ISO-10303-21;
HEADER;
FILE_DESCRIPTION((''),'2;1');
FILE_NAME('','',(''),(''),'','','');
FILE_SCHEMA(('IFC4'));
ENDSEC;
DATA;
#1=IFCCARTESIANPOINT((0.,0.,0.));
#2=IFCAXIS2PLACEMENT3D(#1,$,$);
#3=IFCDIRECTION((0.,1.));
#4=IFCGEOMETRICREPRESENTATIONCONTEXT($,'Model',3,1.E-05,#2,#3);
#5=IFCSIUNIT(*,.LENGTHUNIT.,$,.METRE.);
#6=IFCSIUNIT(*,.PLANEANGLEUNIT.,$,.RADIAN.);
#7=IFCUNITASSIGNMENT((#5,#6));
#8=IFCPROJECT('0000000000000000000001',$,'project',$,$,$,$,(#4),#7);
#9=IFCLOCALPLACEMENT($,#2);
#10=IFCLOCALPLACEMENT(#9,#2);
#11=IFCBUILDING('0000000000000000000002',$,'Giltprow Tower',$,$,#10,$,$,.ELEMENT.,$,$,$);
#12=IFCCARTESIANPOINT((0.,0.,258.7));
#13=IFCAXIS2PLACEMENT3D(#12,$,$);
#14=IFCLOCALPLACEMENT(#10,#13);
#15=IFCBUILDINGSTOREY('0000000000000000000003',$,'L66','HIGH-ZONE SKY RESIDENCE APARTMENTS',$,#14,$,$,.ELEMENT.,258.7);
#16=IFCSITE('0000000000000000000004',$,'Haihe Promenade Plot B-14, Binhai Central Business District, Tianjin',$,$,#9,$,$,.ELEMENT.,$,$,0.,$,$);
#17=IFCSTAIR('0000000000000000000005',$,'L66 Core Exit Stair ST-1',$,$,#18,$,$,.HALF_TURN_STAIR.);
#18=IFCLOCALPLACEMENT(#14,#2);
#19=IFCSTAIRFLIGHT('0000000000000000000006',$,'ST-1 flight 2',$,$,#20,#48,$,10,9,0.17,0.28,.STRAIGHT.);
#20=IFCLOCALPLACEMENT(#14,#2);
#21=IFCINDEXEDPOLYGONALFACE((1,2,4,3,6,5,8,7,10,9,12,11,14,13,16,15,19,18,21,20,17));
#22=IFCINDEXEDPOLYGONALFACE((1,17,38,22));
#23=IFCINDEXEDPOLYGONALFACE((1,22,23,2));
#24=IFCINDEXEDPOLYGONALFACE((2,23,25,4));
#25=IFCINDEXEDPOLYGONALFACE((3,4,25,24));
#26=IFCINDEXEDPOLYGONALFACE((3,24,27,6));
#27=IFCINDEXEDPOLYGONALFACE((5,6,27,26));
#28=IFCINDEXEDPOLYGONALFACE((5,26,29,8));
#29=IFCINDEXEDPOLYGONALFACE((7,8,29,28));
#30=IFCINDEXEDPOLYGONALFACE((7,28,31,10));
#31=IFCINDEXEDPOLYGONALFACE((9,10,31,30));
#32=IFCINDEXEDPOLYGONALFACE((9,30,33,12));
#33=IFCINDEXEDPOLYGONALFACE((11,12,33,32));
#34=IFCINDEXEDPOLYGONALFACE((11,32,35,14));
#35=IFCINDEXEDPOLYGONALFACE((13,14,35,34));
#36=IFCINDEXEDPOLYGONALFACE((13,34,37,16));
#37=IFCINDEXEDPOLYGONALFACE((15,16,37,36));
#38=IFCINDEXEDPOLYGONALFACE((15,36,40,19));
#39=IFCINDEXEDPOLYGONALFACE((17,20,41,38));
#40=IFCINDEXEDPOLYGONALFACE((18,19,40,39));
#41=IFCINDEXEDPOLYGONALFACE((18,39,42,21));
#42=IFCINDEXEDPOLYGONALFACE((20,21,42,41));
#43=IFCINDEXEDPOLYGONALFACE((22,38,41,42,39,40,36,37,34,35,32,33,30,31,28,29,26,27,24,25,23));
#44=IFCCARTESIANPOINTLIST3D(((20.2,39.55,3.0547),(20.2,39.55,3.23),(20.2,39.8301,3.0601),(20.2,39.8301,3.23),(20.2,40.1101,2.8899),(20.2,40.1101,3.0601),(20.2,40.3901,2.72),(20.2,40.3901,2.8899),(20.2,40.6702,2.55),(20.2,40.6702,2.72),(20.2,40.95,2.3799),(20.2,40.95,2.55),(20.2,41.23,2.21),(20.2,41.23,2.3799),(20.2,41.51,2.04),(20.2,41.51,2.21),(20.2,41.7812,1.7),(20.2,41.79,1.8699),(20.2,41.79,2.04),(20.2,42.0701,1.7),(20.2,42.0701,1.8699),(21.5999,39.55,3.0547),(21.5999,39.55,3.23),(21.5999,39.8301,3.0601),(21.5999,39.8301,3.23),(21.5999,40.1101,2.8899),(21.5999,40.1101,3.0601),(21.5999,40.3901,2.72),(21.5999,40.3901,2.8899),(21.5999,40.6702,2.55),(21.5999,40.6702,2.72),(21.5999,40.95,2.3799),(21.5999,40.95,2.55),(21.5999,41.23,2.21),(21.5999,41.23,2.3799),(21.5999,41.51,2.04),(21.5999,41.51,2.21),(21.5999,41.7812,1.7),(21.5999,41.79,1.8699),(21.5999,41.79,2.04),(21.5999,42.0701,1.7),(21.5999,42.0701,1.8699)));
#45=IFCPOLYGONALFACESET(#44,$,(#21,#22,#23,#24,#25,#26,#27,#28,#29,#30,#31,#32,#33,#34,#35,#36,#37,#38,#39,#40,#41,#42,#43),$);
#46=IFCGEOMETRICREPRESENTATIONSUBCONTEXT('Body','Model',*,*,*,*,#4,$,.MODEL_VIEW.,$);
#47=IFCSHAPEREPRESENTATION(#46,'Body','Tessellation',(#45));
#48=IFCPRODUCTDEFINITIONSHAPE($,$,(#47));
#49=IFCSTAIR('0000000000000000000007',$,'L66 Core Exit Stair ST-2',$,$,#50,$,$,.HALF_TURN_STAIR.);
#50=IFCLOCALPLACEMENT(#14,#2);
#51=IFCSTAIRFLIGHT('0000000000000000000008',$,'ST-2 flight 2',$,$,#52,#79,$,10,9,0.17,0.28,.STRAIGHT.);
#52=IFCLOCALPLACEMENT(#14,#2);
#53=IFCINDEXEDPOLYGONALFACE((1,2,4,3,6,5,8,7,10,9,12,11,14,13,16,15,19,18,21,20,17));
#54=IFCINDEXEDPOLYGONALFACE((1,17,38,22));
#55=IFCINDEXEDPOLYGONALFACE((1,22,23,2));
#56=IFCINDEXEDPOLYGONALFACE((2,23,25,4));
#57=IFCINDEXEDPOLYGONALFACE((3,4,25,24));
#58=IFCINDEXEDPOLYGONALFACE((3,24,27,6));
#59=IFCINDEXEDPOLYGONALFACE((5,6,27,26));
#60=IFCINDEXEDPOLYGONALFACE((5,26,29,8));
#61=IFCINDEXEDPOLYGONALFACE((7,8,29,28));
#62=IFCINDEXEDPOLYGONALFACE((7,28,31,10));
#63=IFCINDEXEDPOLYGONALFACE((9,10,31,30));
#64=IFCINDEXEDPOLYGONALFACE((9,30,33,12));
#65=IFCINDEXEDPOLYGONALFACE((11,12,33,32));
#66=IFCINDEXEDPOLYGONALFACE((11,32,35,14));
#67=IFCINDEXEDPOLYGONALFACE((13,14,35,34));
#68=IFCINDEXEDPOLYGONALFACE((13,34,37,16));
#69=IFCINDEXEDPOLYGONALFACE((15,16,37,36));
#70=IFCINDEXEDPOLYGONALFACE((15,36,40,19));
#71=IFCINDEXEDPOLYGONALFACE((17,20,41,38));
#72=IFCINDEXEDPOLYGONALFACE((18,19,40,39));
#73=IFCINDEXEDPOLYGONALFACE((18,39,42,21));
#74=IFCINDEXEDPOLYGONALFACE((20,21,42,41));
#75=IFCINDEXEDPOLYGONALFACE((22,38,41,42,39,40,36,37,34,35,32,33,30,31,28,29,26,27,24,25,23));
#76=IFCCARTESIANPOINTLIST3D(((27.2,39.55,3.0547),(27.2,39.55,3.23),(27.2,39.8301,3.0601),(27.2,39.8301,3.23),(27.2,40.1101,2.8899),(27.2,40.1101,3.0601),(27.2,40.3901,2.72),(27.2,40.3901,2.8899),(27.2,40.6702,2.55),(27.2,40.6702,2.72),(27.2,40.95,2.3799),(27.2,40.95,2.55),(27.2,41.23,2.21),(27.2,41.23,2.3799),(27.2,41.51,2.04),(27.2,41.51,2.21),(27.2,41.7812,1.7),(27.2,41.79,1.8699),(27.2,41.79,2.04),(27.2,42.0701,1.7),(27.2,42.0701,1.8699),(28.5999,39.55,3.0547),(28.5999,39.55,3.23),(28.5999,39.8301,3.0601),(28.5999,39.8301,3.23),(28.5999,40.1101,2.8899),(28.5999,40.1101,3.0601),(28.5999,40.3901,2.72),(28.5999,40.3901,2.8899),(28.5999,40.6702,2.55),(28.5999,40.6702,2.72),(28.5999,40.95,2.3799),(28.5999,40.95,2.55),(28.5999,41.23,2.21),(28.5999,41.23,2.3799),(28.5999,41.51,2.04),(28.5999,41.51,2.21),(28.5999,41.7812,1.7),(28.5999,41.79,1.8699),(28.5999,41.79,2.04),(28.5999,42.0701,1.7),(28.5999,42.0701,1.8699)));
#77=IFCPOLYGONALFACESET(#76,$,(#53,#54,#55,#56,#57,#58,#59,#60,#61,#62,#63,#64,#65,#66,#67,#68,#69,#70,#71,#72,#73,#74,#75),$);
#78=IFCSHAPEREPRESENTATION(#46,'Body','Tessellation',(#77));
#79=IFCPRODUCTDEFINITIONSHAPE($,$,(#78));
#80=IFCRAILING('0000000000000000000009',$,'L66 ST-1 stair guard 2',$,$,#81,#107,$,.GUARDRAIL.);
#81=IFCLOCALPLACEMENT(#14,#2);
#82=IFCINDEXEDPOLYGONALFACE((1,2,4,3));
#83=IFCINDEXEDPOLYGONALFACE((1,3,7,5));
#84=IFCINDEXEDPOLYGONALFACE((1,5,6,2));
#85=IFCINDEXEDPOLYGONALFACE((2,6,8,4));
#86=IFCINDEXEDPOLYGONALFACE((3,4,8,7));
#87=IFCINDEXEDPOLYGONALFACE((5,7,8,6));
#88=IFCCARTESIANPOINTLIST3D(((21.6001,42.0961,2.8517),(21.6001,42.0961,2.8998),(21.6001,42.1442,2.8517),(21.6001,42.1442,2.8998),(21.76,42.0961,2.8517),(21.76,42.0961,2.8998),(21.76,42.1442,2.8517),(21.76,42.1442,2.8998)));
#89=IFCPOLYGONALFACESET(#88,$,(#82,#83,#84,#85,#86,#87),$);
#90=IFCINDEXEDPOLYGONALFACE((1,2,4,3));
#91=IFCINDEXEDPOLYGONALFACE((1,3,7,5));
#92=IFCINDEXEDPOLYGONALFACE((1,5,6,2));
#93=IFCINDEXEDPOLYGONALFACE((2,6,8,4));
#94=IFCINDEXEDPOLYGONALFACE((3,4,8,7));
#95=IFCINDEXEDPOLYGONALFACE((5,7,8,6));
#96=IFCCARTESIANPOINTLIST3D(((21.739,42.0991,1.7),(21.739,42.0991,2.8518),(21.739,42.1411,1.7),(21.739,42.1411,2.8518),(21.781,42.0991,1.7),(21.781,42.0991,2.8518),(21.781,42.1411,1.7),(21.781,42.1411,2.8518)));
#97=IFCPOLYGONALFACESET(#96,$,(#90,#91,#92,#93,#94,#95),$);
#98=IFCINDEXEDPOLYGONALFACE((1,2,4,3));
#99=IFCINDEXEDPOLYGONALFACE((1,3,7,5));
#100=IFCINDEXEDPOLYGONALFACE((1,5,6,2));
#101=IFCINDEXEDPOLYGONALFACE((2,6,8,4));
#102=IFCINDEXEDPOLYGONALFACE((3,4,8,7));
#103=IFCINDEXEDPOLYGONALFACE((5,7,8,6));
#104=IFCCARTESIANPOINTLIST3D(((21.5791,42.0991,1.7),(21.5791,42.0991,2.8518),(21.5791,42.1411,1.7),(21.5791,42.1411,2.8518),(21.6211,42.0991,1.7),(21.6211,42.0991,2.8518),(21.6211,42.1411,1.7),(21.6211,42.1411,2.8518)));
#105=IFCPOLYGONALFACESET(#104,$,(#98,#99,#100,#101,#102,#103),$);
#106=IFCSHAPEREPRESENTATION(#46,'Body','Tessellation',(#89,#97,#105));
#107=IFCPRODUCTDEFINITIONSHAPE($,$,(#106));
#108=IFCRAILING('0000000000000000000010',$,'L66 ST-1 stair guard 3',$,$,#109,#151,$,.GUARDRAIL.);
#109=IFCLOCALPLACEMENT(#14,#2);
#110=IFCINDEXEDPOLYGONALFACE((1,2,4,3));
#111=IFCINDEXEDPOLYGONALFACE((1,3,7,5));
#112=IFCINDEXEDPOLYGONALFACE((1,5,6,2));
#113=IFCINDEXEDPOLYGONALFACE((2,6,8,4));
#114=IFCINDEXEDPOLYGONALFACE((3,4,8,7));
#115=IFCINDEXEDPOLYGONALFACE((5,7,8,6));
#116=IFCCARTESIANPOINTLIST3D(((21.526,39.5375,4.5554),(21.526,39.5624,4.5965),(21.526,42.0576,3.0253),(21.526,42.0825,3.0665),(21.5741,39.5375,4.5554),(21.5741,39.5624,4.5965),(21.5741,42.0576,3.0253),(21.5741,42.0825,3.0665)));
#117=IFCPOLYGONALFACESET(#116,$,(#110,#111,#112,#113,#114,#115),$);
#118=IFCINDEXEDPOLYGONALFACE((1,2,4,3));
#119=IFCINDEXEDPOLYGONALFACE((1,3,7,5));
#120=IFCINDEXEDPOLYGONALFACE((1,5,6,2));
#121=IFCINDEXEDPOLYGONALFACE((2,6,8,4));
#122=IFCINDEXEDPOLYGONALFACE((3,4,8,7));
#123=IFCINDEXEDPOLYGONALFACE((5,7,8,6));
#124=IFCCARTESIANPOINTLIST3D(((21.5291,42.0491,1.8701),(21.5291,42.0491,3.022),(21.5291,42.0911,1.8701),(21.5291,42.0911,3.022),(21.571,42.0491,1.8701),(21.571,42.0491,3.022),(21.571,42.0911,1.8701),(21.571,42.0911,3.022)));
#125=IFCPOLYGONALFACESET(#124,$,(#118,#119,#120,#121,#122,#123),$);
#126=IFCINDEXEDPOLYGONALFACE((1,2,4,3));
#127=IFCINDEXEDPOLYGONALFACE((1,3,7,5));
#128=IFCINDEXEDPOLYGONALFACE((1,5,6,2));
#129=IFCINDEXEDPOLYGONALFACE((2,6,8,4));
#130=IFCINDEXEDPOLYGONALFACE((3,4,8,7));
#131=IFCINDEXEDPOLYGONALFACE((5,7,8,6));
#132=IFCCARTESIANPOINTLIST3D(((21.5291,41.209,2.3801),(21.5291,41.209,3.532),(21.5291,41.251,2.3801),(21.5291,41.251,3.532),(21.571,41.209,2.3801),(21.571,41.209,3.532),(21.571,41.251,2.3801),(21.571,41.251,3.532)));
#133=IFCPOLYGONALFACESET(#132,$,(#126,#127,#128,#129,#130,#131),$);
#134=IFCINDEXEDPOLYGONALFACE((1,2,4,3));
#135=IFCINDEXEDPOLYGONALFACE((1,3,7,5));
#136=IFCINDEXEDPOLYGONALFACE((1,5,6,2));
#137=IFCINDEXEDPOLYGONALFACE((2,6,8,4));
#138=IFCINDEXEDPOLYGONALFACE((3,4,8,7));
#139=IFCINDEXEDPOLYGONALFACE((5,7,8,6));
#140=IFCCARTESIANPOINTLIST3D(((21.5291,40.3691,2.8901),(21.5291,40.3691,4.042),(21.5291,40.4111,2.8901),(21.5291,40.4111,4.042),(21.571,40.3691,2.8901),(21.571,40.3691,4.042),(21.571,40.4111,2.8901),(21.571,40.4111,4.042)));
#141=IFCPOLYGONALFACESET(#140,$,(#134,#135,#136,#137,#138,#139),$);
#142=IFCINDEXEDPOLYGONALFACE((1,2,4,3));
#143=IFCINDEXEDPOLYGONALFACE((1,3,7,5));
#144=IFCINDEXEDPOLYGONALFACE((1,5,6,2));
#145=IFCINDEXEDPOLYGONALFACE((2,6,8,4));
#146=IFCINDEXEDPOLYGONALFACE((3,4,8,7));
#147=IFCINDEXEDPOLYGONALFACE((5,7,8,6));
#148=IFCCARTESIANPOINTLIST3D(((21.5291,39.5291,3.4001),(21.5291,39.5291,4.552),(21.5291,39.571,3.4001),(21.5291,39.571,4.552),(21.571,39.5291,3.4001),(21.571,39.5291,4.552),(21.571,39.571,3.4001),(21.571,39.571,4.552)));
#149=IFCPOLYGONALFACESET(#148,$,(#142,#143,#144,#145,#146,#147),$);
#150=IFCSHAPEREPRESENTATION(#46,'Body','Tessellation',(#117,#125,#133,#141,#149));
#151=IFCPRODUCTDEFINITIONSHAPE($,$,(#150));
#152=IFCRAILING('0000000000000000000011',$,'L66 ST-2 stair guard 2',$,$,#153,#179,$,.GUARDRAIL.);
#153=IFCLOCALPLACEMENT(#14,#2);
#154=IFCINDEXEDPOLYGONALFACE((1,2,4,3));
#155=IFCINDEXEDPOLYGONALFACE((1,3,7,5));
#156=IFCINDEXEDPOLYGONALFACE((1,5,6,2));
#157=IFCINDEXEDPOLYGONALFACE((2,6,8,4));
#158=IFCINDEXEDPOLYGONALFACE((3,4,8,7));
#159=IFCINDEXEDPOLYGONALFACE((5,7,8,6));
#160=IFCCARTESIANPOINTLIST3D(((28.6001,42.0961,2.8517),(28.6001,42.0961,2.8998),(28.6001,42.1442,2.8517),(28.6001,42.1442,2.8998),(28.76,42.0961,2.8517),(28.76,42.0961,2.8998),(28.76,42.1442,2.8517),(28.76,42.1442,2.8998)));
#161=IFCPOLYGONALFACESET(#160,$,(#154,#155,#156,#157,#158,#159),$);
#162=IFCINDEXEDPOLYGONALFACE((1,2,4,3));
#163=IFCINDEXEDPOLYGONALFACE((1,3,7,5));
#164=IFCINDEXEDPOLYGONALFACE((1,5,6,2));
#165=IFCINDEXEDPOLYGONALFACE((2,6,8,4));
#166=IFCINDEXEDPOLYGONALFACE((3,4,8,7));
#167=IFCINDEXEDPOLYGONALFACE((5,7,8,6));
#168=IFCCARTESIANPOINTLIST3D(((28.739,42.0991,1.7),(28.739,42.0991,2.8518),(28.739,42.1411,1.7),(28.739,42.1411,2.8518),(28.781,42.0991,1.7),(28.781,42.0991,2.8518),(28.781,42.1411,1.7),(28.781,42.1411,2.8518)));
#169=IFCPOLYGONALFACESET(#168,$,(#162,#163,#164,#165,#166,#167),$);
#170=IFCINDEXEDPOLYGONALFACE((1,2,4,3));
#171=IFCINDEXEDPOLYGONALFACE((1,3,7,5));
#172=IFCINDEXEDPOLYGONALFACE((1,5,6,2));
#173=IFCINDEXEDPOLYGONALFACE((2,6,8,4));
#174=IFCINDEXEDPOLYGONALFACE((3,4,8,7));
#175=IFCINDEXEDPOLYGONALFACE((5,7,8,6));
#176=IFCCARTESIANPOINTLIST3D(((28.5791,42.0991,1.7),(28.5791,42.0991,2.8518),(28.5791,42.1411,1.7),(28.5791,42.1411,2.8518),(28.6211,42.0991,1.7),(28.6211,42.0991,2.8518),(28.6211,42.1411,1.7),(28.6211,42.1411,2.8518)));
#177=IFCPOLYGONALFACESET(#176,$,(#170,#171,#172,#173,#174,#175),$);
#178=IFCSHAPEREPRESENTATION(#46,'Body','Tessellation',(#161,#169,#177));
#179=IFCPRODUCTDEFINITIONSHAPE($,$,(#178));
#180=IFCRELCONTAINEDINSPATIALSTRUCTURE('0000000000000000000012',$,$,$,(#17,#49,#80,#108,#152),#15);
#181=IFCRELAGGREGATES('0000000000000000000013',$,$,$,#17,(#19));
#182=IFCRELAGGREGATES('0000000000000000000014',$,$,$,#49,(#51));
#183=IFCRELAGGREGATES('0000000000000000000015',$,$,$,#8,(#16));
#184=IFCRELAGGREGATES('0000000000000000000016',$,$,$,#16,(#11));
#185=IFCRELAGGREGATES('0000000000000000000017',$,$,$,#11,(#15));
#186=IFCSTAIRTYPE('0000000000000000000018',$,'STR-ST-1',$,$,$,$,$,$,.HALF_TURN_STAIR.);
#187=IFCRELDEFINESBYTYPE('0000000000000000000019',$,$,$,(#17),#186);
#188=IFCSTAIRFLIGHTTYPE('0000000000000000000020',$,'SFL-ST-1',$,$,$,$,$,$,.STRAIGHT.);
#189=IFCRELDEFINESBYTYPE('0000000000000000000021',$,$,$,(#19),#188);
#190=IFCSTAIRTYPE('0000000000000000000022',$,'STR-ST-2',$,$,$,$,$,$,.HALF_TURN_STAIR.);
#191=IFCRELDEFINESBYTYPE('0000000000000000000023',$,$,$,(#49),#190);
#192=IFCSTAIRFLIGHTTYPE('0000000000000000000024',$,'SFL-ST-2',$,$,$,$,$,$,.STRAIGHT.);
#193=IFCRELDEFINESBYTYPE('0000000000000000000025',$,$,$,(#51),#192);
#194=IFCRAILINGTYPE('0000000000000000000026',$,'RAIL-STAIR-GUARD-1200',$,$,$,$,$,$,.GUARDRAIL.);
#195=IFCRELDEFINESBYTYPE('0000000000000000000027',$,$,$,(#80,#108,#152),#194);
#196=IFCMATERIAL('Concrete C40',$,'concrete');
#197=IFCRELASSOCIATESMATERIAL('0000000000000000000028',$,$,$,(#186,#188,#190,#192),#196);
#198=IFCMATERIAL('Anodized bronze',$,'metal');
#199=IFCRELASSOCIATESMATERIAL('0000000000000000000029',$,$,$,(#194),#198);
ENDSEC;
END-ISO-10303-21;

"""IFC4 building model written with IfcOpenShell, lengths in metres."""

from ifc_helpers import new_model, si_unit, direction, frame, origin, origin_2d, place, context, subcontext, project, spatial, polyline, rectangle, outline, extrude, material, type_object, element, aggregate, save


model = new_model("IFC4")

# Units and contexts
model_context = context("Model", 3, precision=1e-05, world=origin(), true_north=direction((0.0, 1.0)))
body_context = subcontext(model_context, "Body", "Model", "MODEL_VIEW")
ifc_project = project(units=[si_unit("LENGTHUNIT", "METRE"), si_unit("PLANEANGLEUNIT", "RADIAN")], contexts=[model_context])

# Site, building, storey
site_placement = place(None, origin())
site = spatial("IfcSite", under=ifc_project, at=site_placement, Name="Haihe Promenade Plot B-14, Binhai Central Business District, Tianjin", CompositionType="ELEMENT", RefElevation=0.0)
building_placement = place(site_placement, origin())
building = spatial("IfcBuilding", under=site, at=building_placement, Name="Giltprow Tower", CompositionType="ELEMENT")
storey_placement = place(building_placement, frame((0.0, 0.0, 258.7)))
storey = spatial("IfcBuildingStorey", under=building, at=storey_placement, Name="L66", Description="HIGH-ZONE SKY RESIDENCE APARTMENTS", CompositionType="ELEMENT", Elevation=258.7)

# Shared definitions
ifc_material_1 = material(Name="Concrete C40", Category="concrete")

# Stairs, stair flights
stair_type_1 = type_object("IfcStairType", Name="STR-ST-1", PredefinedType="HALF_TURN_STAIR", material=ifc_material_1)
stair_1_placement = place(storey_placement, origin())
stair_1 = element("IfcStair", 1, at=stair_1_placement, inside=storey, type_object=stair_type_1, Name="L66 Core Exit Stair ST-1", PredefinedType="HALF_TURN_STAIR")
stair_flight_type_1 = type_object("IfcStairFlightType", Name="SFL-ST-1", PredefinedType="STRAIGHT", material=ifc_material_1)
stair_flight_1_placement = place(storey_placement, frame((20.8999, 42.0701, 1.7), z_axis=(0.0, 0.0, 1.0), x_axis=(0.0, -1.0, 0.0)))
stair_flight_1 = element("IfcStairFlight", 2, at=stair_flight_1_placement, type_object=stair_flight_type_1, Name="ST-1 flight 2", NumberOfRisers=10, NumberOfTreads=9, PredefinedType="STRAIGHT", RiserHeight=0.17, TreadLength=0.28, context=body_context, shape_type="SweptSolid", body=[
    extrude(outline(polyline([(0.0, 0.0), (0.0, 0.1699), (0.28, 0.1699), (0.28, 0.3401), (0.5601, 0.3401), (0.5601, 0.51), (0.8401, 0.51), (0.8401, 0.6799), (1.1201, 0.6799), (1.1201, 0.8501), (1.3999, 0.8501), (1.3999, 1.02), (1.6799, 1.02), (1.6799, 1.1899), (1.96, 1.1899), (1.96, 1.3601), (2.24, 1.3601), (2.24, 1.53), (2.52, 1.53), (2.52, 1.7), (2.52, 1.3547), (0.2888, 0.0), (0.0, 0.0)])), frame((0.0, 0.7, 0.0), z_axis=(0.0, -1.0, 0.0), x_axis=(1.0, 0.0, 0.0)), (0.0, 0.0, 1.0), 1.3999),
])
aggregate(stair_1, [stair_flight_1])
stair_type_2 = type_object("IfcStairType", Name="STR-ST-2", PredefinedType="HALF_TURN_STAIR", material=ifc_material_1)
stair_2_placement = place(storey_placement, origin())
stair_2 = element("IfcStair", 3, at=stair_2_placement, inside=storey, type_object=stair_type_2, Name="L66 Core Exit Stair ST-2", PredefinedType="HALF_TURN_STAIR")
stair_flight_type_2 = type_object("IfcStairFlightType", Name="SFL-ST-2", PredefinedType="STRAIGHT", material=ifc_material_1)
stair_flight_2_placement = place(storey_placement, frame((27.8999, 42.0701, 1.7), z_axis=(0.0, 0.0, 1.0), x_axis=(0.0, -1.0, 0.0)))
stair_flight_2 = element("IfcStairFlight", 4, at=stair_flight_2_placement, type_object=stair_flight_type_2, Name="ST-2 flight 2", NumberOfRisers=10, NumberOfTreads=9, PredefinedType="STRAIGHT", RiserHeight=0.17, TreadLength=0.28, context=body_context, shape_type="SweptSolid", body=[
    extrude(outline(polyline([(0.0, 0.0), (0.0, 0.1699), (0.28, 0.1699), (0.28, 0.3401), (0.5601, 0.3401), (0.5601, 0.51), (0.8401, 0.51), (0.8401, 0.6799), (1.1201, 0.6799), (1.1201, 0.8501), (1.3999, 0.8501), (1.3999, 1.02), (1.6799, 1.02), (1.6799, 1.1899), (1.96, 1.1899), (1.96, 1.3601), (2.24, 1.3601), (2.24, 1.53), (2.52, 1.53), (2.52, 1.7), (2.52, 1.3547), (0.2888, 0.0), (0.0, 0.0)])), frame((0.0, 0.7, 0.0), z_axis=(0.0, -1.0, 0.0), x_axis=(1.0, 0.0, 0.0)), (0.0, 0.0, 1.0), 1.3999),
])
aggregate(stair_2, [stair_flight_2])

# Railings
ifc_material_2 = material(Name="Anodized bronze", Category="metal")
railing_type_1 = type_object("IfcRailingType", Name="RAIL-STAIR-GUARD-1200", PredefinedType="GUARDRAIL", material=ifc_material_2)
railing_1_placement = place(storey_placement, frame((21.76, 42.1201, 1.7)))
element("IfcRailing", 5, at=railing_1_placement, inside=storey, type_object=railing_type_1, Name="L66 ST-1 stair guard 2", PredefinedType="GUARDRAIL", context=body_context, shape_type="SweptSolid", body=[
    extrude(rectangle(XDim=0.0481, YDim=0.0481, at=origin_2d()), frame((0.0, 0.0, 1.1758), z_axis=(-1.0, 0.0, 0.0), x_axis=(0.0, -1.0, 0.0)), (0.0, 0.0, 1.0), 0.1599),
    extrude(rectangle(XDim=0.042, YDim=0.042, at=origin_2d()), origin(), (0.0, 0.0, 1.0), 1.1519),
    extrude(rectangle(XDim=0.042, YDim=0.042, at=origin_2d()), frame((-0.1599, 0.0, 0.0)), (0.0, 0.0, 1.0), 1.1519),
])
railing_2_placement = place(storey_placement, frame((21.55, 42.0701, 1.8701)))
element("IfcRailing", 6, at=railing_2_placement, inside=storey, type_object=railing_type_1, Name="L66 ST-1 stair guard 3", PredefinedType="GUARDRAIL", context=body_context, shape_type="SweptSolid", body=[
    extrude(rectangle(XDim=0.0481, YDim=0.0481, at=origin_2d()), frame((0.0, 0.0, 1.1758), z_axis=(0.0, -0.854785, 0.518982), x_axis=(1.0, 0.0, 0.0)), (0.0, 0.0, 1.0), 2.9482),
    extrude(rectangle(XDim=0.042, YDim=0.042, at=origin_2d()), origin(), (0.0, 0.0, 1.0), 1.1519),
    extrude(rectangle(XDim=0.042, YDim=0.042, at=origin_2d()), frame((0.0, -0.8401, 0.51)), (0.0, 0.0, 1.0), 1.1519),
    extrude(rectangle(XDim=0.042, YDim=0.042, at=origin_2d()), frame((0.0, -1.6799, 1.02)), (0.0, 0.0, 1.0), 1.1519),
    extrude(rectangle(XDim=0.042, YDim=0.042, at=origin_2d()), frame((0.0, -2.52, 1.53)), (0.0, 0.0, 1.0), 1.1519),
])
railing_3_placement = place(storey_placement, frame((28.76, 42.1201, 1.7)))
element("IfcRailing", 7, at=railing_3_placement, inside=storey, type_object=railing_type_1, Name="L66 ST-2 stair guard 2", PredefinedType="GUARDRAIL", context=body_context, shape_type="SweptSolid", body=[
    extrude(rectangle(XDim=0.0481, YDim=0.0481, at=origin_2d()), frame((0.0, 0.0, 1.1758), z_axis=(-1.0, 0.0, 0.0), x_axis=(0.0, -1.0, 0.0)), (0.0, 0.0, 1.0), 0.1599),
    extrude(rectangle(XDim=0.042, YDim=0.042, at=origin_2d()), origin(), (0.0, 0.0, 1.0), 1.1519),
    extrude(rectangle(XDim=0.042, YDim=0.042, at=origin_2d()), frame((-0.1599, 0.0, 0.0)), (0.0, 0.0, 1.0), 1.1519),
])

save(model, "model.ifc")
